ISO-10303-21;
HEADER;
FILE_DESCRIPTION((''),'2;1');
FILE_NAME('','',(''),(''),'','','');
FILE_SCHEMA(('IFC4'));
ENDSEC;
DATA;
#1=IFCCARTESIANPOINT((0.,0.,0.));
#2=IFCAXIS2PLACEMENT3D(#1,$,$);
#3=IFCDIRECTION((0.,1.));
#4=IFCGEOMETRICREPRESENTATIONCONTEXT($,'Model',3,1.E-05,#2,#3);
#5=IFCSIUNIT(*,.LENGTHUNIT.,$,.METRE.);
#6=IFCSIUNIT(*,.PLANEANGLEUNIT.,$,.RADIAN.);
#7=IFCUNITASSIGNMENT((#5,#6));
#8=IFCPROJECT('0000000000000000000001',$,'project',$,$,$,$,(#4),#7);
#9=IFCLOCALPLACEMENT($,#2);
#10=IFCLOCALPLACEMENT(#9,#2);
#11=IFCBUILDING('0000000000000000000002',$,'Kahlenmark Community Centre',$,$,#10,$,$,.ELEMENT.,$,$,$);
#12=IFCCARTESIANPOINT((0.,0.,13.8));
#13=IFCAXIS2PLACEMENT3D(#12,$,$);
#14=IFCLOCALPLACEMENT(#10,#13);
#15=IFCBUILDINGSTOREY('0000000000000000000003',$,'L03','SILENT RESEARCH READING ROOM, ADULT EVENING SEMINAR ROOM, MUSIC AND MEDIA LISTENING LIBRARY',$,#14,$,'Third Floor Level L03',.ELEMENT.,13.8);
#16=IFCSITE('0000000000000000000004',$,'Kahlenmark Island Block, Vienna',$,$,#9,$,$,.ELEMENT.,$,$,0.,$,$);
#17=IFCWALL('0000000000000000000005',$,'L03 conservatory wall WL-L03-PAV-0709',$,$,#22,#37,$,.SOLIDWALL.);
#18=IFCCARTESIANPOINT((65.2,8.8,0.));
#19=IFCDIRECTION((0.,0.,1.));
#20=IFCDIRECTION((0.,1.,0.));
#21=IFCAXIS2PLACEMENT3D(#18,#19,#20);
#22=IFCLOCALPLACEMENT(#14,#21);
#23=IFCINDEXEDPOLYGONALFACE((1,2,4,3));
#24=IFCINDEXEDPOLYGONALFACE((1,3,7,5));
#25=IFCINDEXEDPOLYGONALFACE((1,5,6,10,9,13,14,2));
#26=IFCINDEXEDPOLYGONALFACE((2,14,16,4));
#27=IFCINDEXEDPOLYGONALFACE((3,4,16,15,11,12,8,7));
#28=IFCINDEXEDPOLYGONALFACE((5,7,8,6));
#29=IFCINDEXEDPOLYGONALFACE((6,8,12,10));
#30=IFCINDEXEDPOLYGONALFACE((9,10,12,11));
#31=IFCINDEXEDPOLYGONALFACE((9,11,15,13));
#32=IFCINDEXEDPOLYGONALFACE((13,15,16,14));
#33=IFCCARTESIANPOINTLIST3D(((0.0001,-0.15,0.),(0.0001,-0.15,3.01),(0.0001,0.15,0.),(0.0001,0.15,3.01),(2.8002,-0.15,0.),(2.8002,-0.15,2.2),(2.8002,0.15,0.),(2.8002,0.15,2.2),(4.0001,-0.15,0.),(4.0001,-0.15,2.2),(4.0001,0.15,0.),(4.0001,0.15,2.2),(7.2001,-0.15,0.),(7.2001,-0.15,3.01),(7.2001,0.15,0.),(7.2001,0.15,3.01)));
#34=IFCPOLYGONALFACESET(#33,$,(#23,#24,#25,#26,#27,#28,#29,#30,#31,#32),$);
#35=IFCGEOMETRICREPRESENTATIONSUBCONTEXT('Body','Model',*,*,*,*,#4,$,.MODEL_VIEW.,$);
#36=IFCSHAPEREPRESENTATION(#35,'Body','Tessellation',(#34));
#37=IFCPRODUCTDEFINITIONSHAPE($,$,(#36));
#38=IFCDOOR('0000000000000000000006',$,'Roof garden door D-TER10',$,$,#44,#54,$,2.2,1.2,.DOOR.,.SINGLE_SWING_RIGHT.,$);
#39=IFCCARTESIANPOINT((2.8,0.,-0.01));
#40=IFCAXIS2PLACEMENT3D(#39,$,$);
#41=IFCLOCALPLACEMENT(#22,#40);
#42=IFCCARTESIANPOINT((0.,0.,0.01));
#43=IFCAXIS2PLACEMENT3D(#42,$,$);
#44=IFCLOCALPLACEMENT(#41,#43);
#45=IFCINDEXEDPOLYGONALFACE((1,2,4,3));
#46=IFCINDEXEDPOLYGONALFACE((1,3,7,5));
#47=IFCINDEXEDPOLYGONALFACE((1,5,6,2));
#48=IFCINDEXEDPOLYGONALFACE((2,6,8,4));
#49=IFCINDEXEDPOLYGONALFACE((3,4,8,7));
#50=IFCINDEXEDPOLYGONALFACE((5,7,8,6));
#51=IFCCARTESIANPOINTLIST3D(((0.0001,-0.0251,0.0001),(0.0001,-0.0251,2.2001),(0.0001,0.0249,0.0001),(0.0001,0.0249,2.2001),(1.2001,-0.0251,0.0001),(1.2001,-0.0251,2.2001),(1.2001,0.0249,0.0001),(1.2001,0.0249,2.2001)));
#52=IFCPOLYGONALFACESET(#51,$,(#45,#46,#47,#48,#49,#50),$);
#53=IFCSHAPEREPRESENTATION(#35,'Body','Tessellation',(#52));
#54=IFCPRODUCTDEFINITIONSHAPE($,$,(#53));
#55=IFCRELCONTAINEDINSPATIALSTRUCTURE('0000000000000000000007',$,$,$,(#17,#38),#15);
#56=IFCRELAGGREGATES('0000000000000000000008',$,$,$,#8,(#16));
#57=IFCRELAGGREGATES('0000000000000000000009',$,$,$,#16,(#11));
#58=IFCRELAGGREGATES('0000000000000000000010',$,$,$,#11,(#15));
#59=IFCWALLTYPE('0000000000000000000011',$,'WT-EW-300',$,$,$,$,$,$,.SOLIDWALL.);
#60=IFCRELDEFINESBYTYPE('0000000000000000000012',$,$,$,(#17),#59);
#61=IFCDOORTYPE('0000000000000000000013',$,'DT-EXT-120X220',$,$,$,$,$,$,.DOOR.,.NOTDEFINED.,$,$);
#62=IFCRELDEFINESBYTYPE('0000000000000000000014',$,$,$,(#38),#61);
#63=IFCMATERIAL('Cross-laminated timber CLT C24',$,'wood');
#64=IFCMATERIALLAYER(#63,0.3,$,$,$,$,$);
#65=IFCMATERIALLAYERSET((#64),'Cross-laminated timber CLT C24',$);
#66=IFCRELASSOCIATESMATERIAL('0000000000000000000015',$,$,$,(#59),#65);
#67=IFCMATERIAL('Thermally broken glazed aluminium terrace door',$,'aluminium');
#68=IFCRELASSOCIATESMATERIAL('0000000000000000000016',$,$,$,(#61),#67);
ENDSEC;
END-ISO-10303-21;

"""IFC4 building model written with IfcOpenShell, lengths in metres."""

from ifc_helpers import new_model, si_unit, direction, frame, frame_2d, origin, place, context, subcontext, project, spatial, rectangle, extrude, material, layer, layer_set, type_object, element, fill, save


model = new_model("IFC4")

# Units and contexts
model_context = context("Model", 3, precision=1e-05, world=origin(), true_north=direction((0.0, 1.0)))
body_context = subcontext(model_context, "Body", "Model", "MODEL_VIEW")
ifc_project = project(units=[si_unit("LENGTHUNIT", "METRE"), si_unit("PLANEANGLEUNIT", "RADIAN")], contexts=[model_context])

# Site, building, storey
site_placement = place(None, origin())
site = spatial("IfcSite", under=ifc_project, at=site_placement, Name="Kahlenmark Island Block, Vienna", CompositionType="ELEMENT", RefElevation=0.0)
building_placement = place(site_placement, origin())
building = spatial("IfcBuilding", under=site, at=building_placement, Name="Kahlenmark Community Centre", CompositionType="ELEMENT")
storey_placement = place(building_placement, frame((0.0, 0.0, 13.8)))
storey = spatial("IfcBuildingStorey", under=building, at=storey_placement, Name="L03", Description="SILENT RESEARCH READING ROOM, ADULT EVENING SEMINAR ROOM, MUSIC AND MEDIA LISTENING LIBRARY", LongName="Third Floor Level L03", CompositionType="ELEMENT", Elevation=13.8)

# Wall, opening, door
ifc_material_1 = material(Name="Cross-laminated timber CLT C24", Category="wood")
ifc_layer_1 = layer(ifc_material_1, 0.3)
ifc_layer_set_1 = layer_set([ifc_layer_1], Name="Cross-laminated timber CLT C24")
wall_type = type_object("IfcWallType", Name="WT-EW-300", PredefinedType="SOLIDWALL", material=ifc_layer_set_1)
wall_placement = place(storey_placement, frame((65.2, 8.8, 0.0), z_axis=(0.0, 0.0, 1.0), x_axis=(0.0, 1.0, 0.0)))
wall = element("IfcWall", 1, at=wall_placement, inside=storey, type_object=wall_type, Name="L03 conservatory wall WL-L03-PAV-0709", PredefinedType="SOLIDWALL", context=body_context, shape_type="SweptSolid", body=[
    extrude(rectangle(XDim=7.2, YDim=0.3, at=frame_2d((3.6001, 0.0))), origin(), (0.0, 0.0, 1.0), 3.01),
])
opening_placement = place(wall_placement, frame((2.8, 0.0, -0.01)))
opening = element("IfcOpeningElement", 2, at=opening_placement, cuts=wall, PredefinedType="OPENING", context=body_context, shape_type="SweptSolid", body=[
    extrude(rectangle(XDim=1.2, YDim=2.21, at=frame_2d((0.6001, 1.105))), frame((0.0, 0.1599, 0.0), z_axis=(0.0, -1.0, 0.0), x_axis=(1.0, 0.0, 0.0)), (0.0, 0.0, 1.0), 0.3201),
])
ifc_material_2 = material(Name="Thermally broken glazed aluminium terrace door", Category="aluminium")
door_type = type_object("IfcDoorType", Name="DT-EXT-120X220", OperationType="NOTDEFINED", PredefinedType="DOOR", material=ifc_material_2)
door_placement = place(opening_placement, frame((0.0, 0.0, 0.01)))
door = element("IfcDoor", 3, at=door_placement, inside=storey, type_object=door_type, Name="Roof garden door D-TER10", OperationType="SINGLE_SWING_RIGHT", OverallHeight=2.2, OverallWidth=1.2, PredefinedType="DOOR", context=body_context, shape_type="SweptSolid", body=[
    extrude(rectangle(XDim=1.2, YDim=2.2, at=frame_2d((0.6001, 1.1001))), frame((0.0, 0.0249, 0.0), z_axis=(0.0, -1.0, 0.0), x_axis=(1.0, 0.0, 0.0)), (0.0, 0.0, 1.0), 0.05),
])
fill(opening, door)

save(model, "model.ifc")
